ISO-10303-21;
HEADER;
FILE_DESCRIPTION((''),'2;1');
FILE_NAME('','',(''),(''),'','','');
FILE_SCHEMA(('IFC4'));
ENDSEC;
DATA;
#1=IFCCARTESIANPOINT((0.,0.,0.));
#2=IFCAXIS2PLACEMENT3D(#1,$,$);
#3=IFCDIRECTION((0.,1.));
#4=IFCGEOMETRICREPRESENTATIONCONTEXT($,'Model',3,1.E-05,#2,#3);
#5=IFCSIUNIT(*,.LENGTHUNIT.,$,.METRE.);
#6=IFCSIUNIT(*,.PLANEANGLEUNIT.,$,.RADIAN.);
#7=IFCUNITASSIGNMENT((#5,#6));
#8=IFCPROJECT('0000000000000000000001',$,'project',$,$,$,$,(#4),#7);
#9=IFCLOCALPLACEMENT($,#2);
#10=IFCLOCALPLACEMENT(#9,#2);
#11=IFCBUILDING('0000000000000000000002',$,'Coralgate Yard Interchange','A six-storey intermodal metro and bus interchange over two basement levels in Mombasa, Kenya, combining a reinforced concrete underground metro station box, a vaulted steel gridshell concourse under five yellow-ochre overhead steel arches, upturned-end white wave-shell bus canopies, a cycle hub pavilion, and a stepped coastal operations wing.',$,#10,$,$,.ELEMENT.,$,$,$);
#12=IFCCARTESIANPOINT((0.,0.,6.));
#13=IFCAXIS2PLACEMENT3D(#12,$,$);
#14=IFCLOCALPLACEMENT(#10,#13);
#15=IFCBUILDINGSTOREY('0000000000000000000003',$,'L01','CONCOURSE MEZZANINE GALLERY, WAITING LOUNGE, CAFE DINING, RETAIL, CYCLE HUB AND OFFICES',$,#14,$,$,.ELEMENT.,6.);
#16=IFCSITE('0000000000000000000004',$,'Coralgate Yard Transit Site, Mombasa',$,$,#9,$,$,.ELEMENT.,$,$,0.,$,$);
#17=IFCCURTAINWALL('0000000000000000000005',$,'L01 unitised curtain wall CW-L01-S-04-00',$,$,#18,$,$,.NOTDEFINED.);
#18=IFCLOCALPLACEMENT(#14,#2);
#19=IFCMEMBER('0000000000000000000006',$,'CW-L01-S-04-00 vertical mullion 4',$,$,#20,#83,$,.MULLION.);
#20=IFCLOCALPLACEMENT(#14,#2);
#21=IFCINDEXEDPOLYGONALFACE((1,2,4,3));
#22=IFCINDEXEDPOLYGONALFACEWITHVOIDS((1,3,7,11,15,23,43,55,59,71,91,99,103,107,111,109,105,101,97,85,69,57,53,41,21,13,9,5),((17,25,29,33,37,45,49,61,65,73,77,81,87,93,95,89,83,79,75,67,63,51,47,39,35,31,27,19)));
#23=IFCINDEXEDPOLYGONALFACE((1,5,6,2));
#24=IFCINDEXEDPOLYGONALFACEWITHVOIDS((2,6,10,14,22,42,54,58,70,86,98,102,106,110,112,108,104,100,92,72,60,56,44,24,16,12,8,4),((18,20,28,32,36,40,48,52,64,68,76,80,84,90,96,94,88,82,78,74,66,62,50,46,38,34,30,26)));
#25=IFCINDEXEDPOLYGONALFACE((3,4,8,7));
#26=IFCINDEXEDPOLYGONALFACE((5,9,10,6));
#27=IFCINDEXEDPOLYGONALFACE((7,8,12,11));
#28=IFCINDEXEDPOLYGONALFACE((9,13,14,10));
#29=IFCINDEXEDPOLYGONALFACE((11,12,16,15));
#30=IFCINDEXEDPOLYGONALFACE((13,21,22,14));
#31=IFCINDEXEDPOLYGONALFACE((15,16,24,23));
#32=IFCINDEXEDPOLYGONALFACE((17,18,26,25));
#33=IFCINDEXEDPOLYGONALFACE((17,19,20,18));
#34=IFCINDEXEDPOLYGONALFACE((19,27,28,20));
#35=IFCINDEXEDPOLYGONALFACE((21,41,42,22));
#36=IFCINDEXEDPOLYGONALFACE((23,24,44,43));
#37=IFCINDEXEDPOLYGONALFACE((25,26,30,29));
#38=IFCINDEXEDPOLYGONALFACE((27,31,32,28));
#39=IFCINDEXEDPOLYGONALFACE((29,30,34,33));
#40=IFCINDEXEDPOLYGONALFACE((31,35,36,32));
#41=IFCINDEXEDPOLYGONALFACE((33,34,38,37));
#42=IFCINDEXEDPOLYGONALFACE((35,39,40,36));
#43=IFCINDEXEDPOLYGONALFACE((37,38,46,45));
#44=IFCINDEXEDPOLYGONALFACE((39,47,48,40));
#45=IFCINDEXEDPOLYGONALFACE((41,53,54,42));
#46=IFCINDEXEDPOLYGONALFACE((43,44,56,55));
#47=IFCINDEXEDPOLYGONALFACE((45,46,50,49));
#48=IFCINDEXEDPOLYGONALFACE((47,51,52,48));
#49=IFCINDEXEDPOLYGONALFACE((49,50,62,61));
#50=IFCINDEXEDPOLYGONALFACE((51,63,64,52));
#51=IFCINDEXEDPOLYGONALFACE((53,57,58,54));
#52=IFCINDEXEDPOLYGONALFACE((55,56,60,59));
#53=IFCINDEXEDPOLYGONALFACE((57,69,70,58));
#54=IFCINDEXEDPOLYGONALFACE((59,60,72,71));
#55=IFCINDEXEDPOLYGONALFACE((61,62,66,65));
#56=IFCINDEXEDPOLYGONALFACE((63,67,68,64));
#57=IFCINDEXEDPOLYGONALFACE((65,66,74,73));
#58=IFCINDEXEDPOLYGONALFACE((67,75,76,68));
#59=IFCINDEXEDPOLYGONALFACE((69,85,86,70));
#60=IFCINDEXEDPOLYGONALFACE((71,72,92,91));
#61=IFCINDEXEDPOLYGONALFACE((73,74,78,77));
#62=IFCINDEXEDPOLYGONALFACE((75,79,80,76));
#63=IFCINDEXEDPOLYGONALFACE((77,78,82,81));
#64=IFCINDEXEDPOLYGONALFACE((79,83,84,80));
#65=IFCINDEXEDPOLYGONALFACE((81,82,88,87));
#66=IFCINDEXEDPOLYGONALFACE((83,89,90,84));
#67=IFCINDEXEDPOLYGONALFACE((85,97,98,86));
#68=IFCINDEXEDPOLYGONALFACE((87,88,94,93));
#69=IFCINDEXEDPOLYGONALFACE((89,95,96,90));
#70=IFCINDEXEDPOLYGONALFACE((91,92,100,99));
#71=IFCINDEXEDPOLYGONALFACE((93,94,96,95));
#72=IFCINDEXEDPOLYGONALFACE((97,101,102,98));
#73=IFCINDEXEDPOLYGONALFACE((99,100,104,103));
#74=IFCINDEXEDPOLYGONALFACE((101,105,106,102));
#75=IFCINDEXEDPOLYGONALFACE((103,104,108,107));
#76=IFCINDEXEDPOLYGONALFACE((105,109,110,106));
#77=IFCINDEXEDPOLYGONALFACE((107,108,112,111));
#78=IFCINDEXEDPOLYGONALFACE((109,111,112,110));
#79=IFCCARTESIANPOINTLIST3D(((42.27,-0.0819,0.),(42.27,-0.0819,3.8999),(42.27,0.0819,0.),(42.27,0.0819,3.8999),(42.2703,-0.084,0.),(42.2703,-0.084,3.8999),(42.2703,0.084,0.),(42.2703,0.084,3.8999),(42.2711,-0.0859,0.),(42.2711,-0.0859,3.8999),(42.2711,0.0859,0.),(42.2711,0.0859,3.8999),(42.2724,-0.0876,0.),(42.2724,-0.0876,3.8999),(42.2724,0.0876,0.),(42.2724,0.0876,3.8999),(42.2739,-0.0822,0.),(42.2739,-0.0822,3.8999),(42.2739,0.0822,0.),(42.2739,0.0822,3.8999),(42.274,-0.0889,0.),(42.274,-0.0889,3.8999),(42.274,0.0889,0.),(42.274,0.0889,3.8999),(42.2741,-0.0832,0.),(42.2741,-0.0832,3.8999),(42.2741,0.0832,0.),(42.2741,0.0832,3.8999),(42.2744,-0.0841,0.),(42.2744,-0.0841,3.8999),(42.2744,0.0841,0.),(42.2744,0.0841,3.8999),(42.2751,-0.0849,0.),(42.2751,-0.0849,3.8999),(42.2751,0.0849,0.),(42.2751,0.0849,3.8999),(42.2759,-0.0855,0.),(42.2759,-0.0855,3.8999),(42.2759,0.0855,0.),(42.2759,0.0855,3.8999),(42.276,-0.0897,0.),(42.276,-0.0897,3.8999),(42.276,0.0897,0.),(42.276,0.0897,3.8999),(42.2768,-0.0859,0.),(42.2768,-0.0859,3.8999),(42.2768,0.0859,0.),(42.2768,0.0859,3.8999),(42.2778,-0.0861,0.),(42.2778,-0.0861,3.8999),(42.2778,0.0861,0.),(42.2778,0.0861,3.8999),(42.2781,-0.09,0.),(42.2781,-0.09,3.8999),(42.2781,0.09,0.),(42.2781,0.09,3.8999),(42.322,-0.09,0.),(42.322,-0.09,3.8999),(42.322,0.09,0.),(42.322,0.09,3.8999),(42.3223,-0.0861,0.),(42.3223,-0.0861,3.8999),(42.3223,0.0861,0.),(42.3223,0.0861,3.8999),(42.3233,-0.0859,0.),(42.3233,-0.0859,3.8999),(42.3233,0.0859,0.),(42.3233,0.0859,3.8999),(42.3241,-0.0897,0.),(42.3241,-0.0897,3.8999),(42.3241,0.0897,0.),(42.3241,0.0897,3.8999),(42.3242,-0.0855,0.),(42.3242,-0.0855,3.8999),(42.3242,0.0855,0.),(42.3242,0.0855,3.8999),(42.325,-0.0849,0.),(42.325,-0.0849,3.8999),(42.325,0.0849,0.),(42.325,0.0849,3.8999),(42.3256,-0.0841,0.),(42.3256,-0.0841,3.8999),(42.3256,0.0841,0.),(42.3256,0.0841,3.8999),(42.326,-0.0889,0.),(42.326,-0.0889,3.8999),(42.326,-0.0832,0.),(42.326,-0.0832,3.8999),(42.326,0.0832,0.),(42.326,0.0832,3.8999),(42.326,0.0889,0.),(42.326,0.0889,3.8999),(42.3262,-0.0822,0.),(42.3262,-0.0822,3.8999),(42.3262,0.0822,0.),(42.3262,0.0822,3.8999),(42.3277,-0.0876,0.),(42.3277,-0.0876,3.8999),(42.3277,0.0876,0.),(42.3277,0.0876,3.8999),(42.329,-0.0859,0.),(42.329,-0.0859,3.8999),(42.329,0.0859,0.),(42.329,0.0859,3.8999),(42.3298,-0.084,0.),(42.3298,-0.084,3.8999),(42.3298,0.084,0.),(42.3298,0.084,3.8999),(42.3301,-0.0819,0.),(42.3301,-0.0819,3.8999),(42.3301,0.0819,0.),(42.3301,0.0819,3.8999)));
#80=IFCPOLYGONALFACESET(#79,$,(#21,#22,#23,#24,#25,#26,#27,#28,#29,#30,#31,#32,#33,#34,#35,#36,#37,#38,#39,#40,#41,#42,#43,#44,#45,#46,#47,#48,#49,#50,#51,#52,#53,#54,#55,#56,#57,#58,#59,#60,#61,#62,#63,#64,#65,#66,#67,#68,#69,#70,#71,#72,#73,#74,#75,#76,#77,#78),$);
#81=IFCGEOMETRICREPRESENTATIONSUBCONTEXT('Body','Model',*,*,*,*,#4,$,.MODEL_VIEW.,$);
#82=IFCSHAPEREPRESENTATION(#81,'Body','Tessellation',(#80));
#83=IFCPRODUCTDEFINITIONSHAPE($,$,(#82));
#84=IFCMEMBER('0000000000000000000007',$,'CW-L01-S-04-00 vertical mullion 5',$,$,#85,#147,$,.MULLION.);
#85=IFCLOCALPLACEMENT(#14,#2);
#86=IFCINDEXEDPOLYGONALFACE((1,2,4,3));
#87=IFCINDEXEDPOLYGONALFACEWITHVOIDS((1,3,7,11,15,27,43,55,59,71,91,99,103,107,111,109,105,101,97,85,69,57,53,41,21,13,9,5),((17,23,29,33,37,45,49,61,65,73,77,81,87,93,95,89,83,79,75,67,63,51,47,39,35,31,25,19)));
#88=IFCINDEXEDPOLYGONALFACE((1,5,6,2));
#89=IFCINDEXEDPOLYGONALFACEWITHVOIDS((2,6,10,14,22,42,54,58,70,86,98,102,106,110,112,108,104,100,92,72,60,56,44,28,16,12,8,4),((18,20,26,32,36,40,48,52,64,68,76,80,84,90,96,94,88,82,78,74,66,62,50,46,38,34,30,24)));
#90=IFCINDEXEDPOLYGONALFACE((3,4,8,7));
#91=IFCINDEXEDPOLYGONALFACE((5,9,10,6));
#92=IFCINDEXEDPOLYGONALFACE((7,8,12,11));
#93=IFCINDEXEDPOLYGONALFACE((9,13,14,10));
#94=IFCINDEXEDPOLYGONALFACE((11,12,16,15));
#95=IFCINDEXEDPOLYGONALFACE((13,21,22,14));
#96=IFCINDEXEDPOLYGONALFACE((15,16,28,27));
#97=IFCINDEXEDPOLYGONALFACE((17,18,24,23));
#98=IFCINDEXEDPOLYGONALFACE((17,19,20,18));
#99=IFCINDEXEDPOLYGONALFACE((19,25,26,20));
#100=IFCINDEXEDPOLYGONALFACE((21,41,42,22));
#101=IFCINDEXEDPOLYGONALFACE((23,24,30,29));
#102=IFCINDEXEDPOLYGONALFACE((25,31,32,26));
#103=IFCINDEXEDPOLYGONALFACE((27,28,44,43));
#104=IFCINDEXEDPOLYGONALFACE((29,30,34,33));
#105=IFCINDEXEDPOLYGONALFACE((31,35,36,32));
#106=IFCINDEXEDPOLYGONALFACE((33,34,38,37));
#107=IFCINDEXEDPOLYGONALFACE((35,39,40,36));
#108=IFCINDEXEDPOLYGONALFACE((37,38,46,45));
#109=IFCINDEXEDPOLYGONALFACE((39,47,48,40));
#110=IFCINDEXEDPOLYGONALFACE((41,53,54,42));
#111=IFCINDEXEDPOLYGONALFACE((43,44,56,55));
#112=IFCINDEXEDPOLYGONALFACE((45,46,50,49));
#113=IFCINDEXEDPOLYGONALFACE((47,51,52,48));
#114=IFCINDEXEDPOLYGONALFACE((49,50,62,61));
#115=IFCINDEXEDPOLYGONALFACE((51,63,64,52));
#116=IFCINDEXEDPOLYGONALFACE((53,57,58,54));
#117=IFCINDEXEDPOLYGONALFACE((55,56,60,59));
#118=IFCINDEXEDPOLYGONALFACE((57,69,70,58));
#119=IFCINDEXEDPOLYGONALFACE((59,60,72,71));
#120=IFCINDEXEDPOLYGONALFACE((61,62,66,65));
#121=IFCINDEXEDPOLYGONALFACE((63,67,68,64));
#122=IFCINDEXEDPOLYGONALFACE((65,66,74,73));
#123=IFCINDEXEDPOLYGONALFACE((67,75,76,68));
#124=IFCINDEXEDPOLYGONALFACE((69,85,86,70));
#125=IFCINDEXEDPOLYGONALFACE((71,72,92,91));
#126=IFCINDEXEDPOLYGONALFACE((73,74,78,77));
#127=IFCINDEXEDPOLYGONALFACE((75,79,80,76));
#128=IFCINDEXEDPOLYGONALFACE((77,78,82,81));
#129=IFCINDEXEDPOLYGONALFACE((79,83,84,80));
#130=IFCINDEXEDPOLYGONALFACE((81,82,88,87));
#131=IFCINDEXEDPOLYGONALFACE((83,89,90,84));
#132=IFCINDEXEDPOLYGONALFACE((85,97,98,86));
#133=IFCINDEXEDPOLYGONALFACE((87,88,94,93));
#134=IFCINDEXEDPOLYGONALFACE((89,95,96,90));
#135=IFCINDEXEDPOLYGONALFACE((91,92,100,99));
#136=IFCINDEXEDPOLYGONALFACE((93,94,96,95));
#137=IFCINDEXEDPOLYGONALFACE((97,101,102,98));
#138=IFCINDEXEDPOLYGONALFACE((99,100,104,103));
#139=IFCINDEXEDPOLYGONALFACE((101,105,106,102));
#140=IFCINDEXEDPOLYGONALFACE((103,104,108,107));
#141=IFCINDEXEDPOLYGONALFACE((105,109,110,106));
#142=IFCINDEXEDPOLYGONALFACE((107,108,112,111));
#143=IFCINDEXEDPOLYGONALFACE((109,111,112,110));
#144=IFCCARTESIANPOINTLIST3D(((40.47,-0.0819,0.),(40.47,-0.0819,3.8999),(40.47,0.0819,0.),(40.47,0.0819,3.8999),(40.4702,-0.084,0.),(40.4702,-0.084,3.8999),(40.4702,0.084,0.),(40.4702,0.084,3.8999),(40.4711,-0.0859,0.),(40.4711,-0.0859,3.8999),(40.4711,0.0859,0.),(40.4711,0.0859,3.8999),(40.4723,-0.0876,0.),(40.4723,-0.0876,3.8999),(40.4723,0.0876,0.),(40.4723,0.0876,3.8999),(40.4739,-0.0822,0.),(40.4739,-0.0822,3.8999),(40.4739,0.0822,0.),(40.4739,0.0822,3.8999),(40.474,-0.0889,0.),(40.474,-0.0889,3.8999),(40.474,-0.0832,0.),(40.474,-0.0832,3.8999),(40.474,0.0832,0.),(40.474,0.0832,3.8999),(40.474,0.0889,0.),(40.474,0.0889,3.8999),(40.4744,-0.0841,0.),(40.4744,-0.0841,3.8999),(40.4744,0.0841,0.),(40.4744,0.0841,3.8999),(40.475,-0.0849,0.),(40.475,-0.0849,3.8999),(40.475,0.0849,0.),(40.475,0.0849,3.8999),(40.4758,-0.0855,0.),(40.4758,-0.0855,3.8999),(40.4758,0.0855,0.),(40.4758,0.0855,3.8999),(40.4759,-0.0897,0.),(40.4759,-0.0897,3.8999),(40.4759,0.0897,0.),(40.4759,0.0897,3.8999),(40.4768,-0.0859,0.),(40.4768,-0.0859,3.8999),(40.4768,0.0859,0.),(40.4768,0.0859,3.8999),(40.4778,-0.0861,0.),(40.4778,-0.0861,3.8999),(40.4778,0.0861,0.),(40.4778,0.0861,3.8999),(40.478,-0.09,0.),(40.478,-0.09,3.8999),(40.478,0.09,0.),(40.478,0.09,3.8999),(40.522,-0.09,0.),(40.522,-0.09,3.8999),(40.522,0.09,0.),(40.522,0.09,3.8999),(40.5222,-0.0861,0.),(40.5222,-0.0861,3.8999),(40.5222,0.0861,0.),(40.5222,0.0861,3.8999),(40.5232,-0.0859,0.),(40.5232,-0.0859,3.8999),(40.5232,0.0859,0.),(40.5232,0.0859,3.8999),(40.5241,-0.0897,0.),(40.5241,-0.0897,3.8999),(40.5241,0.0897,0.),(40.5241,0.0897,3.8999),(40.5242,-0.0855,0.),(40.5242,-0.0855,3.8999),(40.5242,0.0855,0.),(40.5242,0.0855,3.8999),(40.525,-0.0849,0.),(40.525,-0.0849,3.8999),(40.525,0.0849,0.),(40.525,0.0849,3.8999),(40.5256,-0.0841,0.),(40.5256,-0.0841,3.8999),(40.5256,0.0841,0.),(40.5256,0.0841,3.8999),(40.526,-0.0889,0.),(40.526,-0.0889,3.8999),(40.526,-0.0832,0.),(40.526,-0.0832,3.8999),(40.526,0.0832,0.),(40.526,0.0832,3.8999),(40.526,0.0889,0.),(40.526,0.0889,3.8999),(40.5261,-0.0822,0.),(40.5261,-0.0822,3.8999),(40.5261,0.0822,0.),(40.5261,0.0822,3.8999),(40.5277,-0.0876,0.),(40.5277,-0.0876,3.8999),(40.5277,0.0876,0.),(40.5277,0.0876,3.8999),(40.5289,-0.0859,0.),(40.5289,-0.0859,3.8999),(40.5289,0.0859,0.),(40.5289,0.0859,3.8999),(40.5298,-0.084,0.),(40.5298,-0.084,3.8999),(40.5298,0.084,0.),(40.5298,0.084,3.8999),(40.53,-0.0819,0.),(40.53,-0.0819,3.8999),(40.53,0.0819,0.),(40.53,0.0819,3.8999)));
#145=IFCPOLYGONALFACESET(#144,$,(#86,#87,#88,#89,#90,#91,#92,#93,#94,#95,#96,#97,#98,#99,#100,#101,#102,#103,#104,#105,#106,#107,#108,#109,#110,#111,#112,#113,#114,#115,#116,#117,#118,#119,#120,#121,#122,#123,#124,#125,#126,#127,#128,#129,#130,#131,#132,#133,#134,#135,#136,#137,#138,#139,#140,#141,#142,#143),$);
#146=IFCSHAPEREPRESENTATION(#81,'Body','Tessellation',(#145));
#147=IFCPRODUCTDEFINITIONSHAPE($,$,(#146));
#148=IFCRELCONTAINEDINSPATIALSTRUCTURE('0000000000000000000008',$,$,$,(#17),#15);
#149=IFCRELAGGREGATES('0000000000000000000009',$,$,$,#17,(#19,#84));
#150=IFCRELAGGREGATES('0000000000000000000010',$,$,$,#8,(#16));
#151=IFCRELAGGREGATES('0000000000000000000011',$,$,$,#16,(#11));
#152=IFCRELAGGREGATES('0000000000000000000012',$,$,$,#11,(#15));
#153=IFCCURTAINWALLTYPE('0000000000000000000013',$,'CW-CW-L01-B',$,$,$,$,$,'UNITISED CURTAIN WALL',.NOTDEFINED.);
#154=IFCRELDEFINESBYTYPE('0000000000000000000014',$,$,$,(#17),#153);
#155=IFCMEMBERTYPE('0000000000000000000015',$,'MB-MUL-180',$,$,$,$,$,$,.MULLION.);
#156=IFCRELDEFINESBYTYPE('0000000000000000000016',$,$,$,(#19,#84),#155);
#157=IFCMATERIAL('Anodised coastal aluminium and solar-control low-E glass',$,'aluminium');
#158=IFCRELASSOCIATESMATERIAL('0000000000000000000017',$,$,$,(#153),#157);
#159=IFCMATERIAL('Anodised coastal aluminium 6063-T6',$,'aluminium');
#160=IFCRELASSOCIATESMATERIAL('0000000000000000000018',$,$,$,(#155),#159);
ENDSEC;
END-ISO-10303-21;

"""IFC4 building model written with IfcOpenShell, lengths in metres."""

from ifc_helpers import new_model, si_unit, direction, frame, origin, origin_2d, place, context, subcontext, project, spatial, hollow_rectangle, extrude, material, material_profile, profile_set, type_object, element, aggregate, save


model = new_model("IFC4")

# Units and contexts
model_context = context("Model", 3, precision=1e-05, world=origin(), true_north=direction((0.0, 1.0)))
body_context = subcontext(model_context, "Body", "Model", "MODEL_VIEW")
ifc_project = project(units=[si_unit("LENGTHUNIT", "METRE"), si_unit("PLANEANGLEUNIT", "RADIAN")], contexts=[model_context])

# Site, building, storey
site_placement = place(None, origin())
site = spatial("IfcSite", under=ifc_project, at=site_placement, Name="Coralgate Yard Transit Site, Mombasa", CompositionType="ELEMENT", RefElevation=0.0)
building_placement = place(site_placement, origin())
building = spatial("IfcBuilding", under=site, at=building_placement, Name="Coralgate Yard Interchange", Description="A six-storey intermodal metro and bus interchange over two basement levels in Mombasa, Kenya, combining a reinforced concrete underground metro station box, a vaulted steel gridshell concourse under five yellow-ochre overhead steel arches, upturned-end white wave-shell bus canopies, a cycle hub pavilion, and a stepped coastal operations wing.", CompositionType="ELEMENT")
storey_placement = place(building_placement, frame((0.0, 0.0, 6.0)))
storey = spatial("IfcBuildingStorey", under=building, at=storey_placement, Name="L01", Description="CONCOURSE MEZZANINE GALLERY, WAITING LOUNGE, CAFE DINING, RETAIL, CYCLE HUB AND OFFICES", CompositionType="ELEMENT", Elevation=6.0)

# Curtain wall, members
ifc_material_1 = material(Name="Anodised coastal aluminium and solar-control low-E glass", Category="aluminium")
curtain_wall_type = type_object("IfcCurtainWallType", Name="CW-CW-L01-B", ElementType="UNITISED CURTAIN WALL", PredefinedType="NOTDEFINED", material=ifc_material_1)
curtain_wall_placement = place(storey_placement, origin())
curtain_wall = element("IfcCurtainWall", 1, at=curtain_wall_placement, inside=storey, type_object=curtain_wall_type, Name="L01 unitised curtain wall CW-L01-S-04-00", PredefinedType="NOTDEFINED")
ifc_material_2 = material(Name="Anodised coastal aluminium 6063-T6", Category="aluminium")
ifc_material_profile_1 = material_profile(ifc_material_2, hollow_rectangle(XDim=0.0601, YDim=0.1799, WallThickness=0.0039, InnerFilletRadius=0.0039, OuterFilletRadius=0.0081, at=origin_2d()), Name="ALU 60x180x4")
ifc_profile_set_1 = profile_set([ifc_material_profile_1], Name="Anodised coastal aluminium 6063-T6")
member_type_1 = type_object("IfcMemberType", Name="MB-MUL-180", PredefinedType="MULLION", material=ifc_profile_set_1)
member_1_placement = place(storey_placement, frame((42.3, 0.0, 0.0), z_axis=(0.0, 0.0, 1.0), x_axis=(1.0, 0.0, 0.0)))
member_1 = element("IfcMember", 2, at=member_1_placement, type_object=member_type_1, Name="CW-L01-S-04-00 vertical mullion 4", PredefinedType="MULLION", context=body_context, shape_type="SweptSolid", body=[
    extrude(hollow_rectangle(XDim=0.0601, YDim=0.1799, WallThickness=0.0039, InnerFilletRadius=0.0039, OuterFilletRadius=0.0081, at=origin_2d()), origin(), (0.0, 0.0, 1.0), 3.8999),
])
member_2_placement = place(storey_placement, frame((40.5, 0.0, 0.0), z_axis=(0.0, 0.0, 1.0), x_axis=(1.0, 0.0, 0.0)))
member_2 = element("IfcMember", 3, at=member_2_placement, type_object=member_type_1, Name="CW-L01-S-04-00 vertical mullion 5", PredefinedType="MULLION", context=body_context, shape_type="SweptSolid", body=[
    extrude(hollow_rectangle(XDim=0.0601, YDim=0.1799, WallThickness=0.0039, InnerFilletRadius=0.0039, OuterFilletRadius=0.0081, at=origin_2d()), origin(), (0.0, 0.0, 1.0), 3.8999),
])
aggregate(curtain_wall, [member_1, member_2])

save(model, "model.ifc")
